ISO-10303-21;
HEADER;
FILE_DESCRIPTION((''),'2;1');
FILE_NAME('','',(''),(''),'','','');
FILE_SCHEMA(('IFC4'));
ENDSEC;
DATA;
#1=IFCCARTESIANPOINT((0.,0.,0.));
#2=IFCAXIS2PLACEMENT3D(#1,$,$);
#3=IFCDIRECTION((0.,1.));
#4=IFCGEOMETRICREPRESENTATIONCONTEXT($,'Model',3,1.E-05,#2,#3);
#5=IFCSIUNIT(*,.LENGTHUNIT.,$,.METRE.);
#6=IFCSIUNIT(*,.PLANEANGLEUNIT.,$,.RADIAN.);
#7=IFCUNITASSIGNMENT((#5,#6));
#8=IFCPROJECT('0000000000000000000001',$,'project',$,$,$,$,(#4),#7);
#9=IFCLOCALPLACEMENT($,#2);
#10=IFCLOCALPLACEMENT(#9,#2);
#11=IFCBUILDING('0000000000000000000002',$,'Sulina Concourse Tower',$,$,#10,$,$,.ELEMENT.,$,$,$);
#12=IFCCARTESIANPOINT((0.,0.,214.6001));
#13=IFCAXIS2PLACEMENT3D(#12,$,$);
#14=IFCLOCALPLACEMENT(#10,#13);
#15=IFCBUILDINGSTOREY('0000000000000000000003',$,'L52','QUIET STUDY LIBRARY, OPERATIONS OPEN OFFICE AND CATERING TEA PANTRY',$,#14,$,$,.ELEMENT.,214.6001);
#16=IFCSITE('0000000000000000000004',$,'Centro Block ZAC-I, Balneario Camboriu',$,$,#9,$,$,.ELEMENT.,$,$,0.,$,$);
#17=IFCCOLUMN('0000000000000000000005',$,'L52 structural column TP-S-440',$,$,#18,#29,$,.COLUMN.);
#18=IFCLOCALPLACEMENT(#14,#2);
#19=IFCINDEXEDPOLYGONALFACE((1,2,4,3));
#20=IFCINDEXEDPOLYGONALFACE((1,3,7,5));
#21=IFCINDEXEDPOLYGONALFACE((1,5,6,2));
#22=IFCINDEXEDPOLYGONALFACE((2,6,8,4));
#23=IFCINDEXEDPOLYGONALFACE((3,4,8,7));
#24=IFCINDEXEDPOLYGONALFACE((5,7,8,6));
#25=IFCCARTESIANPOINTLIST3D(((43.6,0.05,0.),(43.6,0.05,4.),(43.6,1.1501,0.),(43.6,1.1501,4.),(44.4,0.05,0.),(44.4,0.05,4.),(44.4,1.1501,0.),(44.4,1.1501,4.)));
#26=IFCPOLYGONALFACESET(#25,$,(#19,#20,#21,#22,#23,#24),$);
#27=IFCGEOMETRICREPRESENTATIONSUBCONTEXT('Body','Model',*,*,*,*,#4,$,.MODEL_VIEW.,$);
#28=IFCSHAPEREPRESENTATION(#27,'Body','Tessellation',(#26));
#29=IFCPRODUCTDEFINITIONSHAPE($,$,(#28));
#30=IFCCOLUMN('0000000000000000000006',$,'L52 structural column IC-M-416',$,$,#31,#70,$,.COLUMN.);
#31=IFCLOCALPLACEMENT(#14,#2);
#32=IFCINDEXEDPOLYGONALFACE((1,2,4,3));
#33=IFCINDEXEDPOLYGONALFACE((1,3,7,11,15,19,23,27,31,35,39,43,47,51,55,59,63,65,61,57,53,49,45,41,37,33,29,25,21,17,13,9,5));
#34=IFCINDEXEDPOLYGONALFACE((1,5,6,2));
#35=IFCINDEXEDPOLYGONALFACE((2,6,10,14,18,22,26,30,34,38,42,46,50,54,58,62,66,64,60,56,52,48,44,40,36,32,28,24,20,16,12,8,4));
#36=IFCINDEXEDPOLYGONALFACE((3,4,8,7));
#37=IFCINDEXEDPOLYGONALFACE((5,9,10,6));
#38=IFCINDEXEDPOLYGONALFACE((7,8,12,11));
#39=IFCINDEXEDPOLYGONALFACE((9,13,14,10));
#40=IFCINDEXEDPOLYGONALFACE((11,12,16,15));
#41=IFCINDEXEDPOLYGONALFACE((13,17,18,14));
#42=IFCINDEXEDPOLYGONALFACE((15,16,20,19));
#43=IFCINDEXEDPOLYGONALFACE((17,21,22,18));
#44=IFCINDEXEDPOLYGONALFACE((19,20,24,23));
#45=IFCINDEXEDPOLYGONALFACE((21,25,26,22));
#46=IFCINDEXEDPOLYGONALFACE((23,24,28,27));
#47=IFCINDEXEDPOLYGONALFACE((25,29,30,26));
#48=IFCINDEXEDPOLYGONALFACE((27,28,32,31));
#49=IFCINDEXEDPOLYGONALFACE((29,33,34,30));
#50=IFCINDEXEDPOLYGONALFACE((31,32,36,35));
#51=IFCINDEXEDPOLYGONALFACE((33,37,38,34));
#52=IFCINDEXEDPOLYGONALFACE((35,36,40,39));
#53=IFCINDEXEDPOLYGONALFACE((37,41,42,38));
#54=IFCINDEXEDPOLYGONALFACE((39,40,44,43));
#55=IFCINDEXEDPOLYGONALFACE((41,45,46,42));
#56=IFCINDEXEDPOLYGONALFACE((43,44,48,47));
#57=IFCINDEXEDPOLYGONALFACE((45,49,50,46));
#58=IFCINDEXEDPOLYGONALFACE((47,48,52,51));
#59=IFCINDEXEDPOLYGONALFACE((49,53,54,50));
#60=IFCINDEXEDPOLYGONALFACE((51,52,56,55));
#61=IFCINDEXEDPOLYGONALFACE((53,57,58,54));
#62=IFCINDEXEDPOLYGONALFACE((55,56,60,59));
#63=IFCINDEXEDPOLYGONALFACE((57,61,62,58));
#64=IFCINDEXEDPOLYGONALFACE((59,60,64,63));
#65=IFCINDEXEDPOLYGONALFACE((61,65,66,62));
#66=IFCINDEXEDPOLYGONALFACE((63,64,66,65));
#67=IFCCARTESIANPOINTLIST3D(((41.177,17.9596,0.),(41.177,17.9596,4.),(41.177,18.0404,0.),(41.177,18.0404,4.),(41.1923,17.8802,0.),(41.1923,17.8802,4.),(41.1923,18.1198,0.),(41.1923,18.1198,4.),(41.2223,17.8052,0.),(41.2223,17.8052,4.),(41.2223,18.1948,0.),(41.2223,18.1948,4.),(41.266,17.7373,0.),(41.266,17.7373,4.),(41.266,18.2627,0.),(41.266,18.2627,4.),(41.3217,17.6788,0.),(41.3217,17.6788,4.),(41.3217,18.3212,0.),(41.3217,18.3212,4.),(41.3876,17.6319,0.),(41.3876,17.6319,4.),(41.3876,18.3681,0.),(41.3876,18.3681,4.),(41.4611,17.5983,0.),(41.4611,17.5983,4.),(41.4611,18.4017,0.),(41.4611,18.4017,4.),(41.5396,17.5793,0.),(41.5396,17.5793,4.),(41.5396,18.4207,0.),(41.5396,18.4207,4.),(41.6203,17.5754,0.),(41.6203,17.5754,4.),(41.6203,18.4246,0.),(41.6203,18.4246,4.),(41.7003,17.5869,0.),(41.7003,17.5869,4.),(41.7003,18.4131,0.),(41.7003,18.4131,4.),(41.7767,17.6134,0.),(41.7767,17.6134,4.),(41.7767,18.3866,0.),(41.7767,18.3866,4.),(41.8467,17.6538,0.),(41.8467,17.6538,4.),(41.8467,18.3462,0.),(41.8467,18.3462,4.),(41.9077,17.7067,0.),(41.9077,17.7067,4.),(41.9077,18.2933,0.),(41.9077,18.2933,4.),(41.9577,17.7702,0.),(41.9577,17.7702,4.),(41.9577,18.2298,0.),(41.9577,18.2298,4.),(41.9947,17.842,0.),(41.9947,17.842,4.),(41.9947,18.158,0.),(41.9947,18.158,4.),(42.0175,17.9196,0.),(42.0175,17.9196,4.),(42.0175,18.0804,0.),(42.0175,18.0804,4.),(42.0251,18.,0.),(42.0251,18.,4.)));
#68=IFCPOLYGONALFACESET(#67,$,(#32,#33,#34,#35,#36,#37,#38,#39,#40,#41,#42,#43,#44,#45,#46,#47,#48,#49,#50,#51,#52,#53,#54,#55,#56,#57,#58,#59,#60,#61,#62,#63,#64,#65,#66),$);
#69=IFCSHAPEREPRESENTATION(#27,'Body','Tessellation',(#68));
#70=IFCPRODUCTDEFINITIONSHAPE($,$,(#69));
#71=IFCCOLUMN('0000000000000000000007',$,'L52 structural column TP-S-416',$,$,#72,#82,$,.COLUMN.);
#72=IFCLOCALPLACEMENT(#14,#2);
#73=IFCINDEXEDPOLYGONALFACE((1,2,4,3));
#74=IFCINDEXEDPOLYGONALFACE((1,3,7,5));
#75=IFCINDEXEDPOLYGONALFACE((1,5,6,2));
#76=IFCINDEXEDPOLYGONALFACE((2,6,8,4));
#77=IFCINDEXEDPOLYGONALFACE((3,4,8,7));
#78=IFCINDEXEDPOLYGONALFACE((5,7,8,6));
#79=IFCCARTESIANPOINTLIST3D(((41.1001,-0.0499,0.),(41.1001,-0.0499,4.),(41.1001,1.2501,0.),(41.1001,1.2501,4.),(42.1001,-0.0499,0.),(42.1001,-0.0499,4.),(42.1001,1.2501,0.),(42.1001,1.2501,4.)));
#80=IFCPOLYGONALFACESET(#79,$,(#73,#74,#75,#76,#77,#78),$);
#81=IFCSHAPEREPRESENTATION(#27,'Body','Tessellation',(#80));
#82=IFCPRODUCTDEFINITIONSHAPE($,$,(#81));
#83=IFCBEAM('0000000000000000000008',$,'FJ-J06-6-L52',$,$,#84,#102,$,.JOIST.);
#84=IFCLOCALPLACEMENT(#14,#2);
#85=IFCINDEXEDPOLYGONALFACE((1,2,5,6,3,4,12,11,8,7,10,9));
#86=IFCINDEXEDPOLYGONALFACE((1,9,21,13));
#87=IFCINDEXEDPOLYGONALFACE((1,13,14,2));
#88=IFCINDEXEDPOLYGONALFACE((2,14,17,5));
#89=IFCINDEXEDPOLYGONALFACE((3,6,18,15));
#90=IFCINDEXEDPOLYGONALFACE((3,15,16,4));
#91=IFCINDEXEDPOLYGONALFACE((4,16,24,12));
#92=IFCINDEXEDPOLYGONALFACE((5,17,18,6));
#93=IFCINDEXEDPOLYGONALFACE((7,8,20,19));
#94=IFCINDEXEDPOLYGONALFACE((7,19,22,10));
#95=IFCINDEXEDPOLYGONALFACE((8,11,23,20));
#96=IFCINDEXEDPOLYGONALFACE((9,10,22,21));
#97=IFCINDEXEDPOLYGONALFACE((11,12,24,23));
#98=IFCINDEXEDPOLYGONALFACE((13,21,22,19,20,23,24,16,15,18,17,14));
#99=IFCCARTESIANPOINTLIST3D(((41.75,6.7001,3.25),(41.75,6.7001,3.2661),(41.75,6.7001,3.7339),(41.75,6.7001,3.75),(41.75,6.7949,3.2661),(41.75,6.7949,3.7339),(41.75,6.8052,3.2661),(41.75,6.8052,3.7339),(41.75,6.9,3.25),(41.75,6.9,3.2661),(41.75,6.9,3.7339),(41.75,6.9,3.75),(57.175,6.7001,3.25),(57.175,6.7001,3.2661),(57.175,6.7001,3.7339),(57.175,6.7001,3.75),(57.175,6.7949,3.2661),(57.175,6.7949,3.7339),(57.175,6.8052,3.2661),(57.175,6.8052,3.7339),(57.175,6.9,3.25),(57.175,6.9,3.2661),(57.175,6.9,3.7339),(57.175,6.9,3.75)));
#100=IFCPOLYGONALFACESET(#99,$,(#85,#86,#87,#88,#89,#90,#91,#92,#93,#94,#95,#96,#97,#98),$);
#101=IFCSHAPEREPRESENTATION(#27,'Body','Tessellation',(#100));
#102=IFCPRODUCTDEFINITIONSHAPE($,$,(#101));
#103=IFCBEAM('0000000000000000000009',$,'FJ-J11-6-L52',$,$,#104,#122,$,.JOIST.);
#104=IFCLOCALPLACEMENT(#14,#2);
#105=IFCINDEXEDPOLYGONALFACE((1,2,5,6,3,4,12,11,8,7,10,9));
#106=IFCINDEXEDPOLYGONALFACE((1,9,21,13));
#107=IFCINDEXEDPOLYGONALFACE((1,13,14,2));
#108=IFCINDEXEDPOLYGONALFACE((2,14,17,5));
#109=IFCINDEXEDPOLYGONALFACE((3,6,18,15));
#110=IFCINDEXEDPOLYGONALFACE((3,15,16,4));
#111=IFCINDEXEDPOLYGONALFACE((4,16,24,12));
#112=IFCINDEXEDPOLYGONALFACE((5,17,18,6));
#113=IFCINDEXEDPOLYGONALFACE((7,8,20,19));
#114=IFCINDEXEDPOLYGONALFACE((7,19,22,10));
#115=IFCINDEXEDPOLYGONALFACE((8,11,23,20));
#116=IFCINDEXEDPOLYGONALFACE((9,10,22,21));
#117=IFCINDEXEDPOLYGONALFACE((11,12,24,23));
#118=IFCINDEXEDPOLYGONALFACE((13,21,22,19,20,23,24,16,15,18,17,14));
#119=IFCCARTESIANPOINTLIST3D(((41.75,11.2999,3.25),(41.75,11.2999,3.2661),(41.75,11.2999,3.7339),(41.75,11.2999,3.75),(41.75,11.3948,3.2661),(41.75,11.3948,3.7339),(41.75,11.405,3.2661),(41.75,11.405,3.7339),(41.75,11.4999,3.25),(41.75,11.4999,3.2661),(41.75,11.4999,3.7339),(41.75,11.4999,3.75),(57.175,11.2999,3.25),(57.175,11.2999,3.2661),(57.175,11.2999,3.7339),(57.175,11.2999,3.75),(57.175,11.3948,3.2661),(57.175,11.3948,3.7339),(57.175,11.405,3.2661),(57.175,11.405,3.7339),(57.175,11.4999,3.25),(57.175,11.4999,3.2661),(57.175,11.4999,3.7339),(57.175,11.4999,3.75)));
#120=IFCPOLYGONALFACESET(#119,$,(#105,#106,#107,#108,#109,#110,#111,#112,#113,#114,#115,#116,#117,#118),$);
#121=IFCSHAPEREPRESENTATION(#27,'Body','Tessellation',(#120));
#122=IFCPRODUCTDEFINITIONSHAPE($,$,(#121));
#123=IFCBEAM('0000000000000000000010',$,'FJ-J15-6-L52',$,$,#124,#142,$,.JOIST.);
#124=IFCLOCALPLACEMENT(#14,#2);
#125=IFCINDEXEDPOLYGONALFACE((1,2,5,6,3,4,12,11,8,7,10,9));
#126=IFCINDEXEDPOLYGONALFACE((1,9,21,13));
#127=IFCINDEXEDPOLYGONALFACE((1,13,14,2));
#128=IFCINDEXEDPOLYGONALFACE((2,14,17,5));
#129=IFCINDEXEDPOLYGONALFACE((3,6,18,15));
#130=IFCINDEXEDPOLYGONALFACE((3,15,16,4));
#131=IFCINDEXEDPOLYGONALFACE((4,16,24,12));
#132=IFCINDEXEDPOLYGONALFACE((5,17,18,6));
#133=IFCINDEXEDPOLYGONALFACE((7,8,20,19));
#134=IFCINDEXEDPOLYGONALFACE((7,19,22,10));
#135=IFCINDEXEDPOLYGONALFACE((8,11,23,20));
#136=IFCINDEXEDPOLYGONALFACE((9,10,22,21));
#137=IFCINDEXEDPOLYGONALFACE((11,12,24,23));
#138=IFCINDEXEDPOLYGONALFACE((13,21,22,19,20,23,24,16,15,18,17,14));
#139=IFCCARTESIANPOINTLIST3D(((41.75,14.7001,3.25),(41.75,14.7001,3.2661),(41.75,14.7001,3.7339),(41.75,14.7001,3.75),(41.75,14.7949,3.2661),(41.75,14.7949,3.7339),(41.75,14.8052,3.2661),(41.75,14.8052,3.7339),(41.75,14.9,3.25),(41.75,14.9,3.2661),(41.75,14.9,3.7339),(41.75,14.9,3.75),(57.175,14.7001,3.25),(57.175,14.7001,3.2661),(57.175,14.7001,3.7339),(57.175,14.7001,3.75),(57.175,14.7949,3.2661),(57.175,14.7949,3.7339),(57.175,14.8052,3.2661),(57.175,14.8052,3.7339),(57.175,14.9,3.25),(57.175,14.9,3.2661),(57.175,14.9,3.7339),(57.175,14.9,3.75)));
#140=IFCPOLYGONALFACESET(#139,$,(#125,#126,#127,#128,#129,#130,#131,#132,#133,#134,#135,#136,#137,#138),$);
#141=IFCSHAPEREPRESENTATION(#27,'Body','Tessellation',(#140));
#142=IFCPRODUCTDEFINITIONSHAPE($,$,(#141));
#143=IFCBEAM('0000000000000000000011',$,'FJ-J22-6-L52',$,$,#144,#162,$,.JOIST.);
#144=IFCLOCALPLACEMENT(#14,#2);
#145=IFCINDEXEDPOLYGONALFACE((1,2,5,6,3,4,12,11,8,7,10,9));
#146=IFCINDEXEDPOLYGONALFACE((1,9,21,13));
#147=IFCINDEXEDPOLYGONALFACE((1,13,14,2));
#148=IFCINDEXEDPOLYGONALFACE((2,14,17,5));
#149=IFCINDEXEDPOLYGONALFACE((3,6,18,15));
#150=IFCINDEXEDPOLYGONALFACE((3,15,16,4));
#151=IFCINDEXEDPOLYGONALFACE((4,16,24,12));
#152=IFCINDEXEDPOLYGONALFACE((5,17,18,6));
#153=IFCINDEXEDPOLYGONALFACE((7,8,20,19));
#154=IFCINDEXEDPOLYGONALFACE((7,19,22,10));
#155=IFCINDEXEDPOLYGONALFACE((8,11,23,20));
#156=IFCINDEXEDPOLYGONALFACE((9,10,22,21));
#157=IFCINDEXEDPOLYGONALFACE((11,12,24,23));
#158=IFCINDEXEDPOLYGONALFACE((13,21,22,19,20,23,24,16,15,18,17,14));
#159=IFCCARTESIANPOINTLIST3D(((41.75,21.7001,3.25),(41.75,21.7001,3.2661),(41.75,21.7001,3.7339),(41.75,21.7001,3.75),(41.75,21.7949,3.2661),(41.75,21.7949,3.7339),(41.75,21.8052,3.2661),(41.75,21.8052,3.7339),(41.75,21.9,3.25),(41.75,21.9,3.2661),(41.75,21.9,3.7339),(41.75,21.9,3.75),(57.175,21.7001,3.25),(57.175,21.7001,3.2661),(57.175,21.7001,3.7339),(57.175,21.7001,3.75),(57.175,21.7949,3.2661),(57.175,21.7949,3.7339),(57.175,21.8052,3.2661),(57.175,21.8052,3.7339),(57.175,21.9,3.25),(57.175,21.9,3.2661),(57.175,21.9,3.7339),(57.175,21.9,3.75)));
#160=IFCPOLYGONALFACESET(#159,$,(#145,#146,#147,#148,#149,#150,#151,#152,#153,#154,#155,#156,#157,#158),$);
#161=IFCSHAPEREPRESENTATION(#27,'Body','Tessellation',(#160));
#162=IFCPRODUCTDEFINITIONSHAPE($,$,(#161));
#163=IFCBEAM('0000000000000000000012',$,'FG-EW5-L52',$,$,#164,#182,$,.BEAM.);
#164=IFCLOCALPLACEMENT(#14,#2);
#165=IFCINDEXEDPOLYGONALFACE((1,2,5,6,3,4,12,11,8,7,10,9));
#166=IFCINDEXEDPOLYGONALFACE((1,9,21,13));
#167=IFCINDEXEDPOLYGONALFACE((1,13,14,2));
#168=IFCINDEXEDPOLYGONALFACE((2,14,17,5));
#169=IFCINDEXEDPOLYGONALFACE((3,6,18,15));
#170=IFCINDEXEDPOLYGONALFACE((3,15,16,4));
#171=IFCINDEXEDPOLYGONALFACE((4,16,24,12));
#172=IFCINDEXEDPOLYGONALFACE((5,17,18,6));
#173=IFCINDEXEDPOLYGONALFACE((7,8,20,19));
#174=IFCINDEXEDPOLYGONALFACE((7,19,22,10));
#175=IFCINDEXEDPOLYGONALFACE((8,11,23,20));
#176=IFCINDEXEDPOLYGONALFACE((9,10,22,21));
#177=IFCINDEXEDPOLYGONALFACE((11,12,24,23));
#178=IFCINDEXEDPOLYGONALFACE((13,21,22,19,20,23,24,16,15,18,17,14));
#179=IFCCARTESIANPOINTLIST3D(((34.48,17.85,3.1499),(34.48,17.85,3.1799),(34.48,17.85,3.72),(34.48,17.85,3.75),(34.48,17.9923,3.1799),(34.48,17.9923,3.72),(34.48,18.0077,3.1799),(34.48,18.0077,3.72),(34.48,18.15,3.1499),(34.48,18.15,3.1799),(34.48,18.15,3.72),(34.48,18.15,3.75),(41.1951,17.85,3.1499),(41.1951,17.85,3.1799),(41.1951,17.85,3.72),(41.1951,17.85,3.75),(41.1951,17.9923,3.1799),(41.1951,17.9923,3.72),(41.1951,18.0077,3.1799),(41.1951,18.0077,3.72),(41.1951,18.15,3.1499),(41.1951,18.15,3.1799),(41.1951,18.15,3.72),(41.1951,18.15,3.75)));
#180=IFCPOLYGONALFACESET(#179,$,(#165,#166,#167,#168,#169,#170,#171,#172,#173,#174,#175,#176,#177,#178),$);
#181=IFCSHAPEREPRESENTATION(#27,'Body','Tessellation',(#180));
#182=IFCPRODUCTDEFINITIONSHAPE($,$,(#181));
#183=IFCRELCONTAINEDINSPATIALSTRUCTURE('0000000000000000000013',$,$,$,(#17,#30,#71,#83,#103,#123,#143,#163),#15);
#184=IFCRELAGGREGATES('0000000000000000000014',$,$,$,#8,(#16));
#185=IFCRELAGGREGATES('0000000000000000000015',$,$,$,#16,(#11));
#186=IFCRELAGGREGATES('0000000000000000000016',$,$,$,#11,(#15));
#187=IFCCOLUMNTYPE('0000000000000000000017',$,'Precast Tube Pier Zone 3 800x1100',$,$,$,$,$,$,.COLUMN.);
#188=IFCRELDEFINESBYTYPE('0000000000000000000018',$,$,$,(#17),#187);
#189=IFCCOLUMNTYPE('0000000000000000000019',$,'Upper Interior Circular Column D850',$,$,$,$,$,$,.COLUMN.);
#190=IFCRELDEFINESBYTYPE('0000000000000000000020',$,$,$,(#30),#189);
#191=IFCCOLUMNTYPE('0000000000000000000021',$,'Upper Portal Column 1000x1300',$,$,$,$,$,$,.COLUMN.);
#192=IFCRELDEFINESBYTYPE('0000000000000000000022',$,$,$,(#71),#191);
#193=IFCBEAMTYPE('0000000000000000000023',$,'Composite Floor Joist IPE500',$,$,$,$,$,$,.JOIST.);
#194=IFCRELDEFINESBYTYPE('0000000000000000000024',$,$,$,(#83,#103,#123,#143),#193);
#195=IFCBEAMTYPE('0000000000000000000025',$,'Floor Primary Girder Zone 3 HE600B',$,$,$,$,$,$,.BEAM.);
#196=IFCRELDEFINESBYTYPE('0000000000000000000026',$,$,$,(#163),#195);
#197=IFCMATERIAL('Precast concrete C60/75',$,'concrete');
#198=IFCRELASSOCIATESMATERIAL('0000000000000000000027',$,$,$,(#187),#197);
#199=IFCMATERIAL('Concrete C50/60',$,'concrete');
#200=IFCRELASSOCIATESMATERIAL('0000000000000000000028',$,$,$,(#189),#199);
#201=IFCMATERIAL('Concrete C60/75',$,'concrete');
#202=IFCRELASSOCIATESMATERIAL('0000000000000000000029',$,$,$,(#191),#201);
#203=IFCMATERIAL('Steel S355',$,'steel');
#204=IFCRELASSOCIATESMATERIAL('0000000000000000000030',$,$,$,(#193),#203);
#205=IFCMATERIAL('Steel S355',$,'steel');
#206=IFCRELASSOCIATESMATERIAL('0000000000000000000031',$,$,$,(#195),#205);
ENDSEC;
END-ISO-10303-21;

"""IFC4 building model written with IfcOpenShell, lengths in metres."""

from ifc_helpers import new_model, si_unit, direction, frame, origin, origin_2d, place, context, subcontext, project, spatial, rectangle, circle, i_section, extrude, material, material_profile, profile_set, type_object, element, save


model = new_model("IFC4")

# Units and contexts
model_context = context("Model", 3, precision=1e-05, world=origin(), true_north=direction((0.0, 1.0)))
body_context = subcontext(model_context, "Body", "Model", "MODEL_VIEW")
ifc_project = project(units=[si_unit("LENGTHUNIT", "METRE"), si_unit("PLANEANGLEUNIT", "RADIAN")], contexts=[model_context])

# Site, building, storey
site_placement = place(None, origin())
site = spatial("IfcSite", under=ifc_project, at=site_placement, Name="Centro Block ZAC-I, Balneario Camboriu", CompositionType="ELEMENT", RefElevation=0.0)
building_placement = place(site_placement, origin())
building = spatial("IfcBuilding", under=site, at=building_placement, Name="Sulina Concourse Tower", CompositionType="ELEMENT")
storey_placement = place(building_placement, frame((0.0, 0.0, 214.6001)))
storey = spatial("IfcBuildingStorey", under=building, at=storey_placement, Name="L52", Description="QUIET STUDY LIBRARY, OPERATIONS OPEN OFFICE AND CATERING TEA PANTRY", CompositionType="ELEMENT", Elevation=214.6001)

# Columns
ifc_material_1 = material(Name="Precast concrete C60/75", Category="concrete")
ifc_material_profile_1 = material_profile(ifc_material_1, rectangle(XDim=0.8, YDim=1.1001, at=origin_2d()), Name="PC 800x1100")
ifc_profile_set_1 = profile_set([ifc_material_profile_1], Name="Precast concrete C60/75")
column_type_1 = type_object("IfcColumnType", Name="Precast Tube Pier Zone 3 800x1100", PredefinedType="COLUMN", material=ifc_profile_set_1)
column_1_placement = place(storey_placement, frame((44.0, 0.6001, 0.0), z_axis=(0.0, 0.0, 1.0), x_axis=(1.0, 0.0, 0.0)))
element("IfcColumn", 1, at=column_1_placement, inside=storey, type_object=column_type_1, Name="L52 structural column TP-S-440", PredefinedType="COLUMN", context=body_context, shape_type="SweptSolid", body=[
    extrude(rectangle(XDim=0.8, YDim=1.1001, at=origin_2d()), origin(), (0.0, 0.0, 1.0), 4.0),
])
ifc_material_2 = material(Name="Concrete C50/60", Category="concrete")
ifc_material_profile_2 = material_profile(ifc_material_2, circle(Radius=0.425, at=origin_2d()), Name="RC D850")
ifc_profile_set_2 = profile_set([ifc_material_profile_2], Name="Concrete C50/60")
column_type_2 = type_object("IfcColumnType", Name="Upper Interior Circular Column D850", PredefinedType="COLUMN", material=ifc_profile_set_2)
column_2_placement = place(storey_placement, frame((41.6001, 18.0, 0.0), z_axis=(0.0, 0.0, 1.0), x_axis=(1.0, 0.0, 0.0)))
element("IfcColumn", 2, at=column_2_placement, inside=storey, type_object=column_type_2, Name="L52 structural column IC-M-416", PredefinedType="COLUMN", context=body_context, shape_type="SweptSolid", body=[
    extrude(circle(Radius=0.425, at=origin_2d()), origin(), (0.0, 0.0, 1.0), 4.0),
])
ifc_material_3 = material(Name="Concrete C60/75", Category="concrete")
ifc_material_profile_3 = material_profile(ifc_material_3, rectangle(XDim=1.0, YDim=1.3, at=origin_2d()), Name="RC 1000x1300")
ifc_profile_set_3 = profile_set([ifc_material_profile_3], Name="Concrete C60/75")
column_type_3 = type_object("IfcColumnType", Name="Upper Portal Column 1000x1300", PredefinedType="COLUMN", material=ifc_profile_set_3)
column_3_placement = place(storey_placement, frame((41.6001, 0.6001, 0.0), z_axis=(0.0, 0.0, 1.0), x_axis=(1.0, 0.0, 0.0)))
element("IfcColumn", 3, at=column_3_placement, inside=storey, type_object=column_type_3, Name="L52 structural column TP-S-416", PredefinedType="COLUMN", context=body_context, shape_type="SweptSolid", body=[
    extrude(rectangle(XDim=1.0, YDim=1.3, at=origin_2d()), origin(), (0.0, 0.0, 1.0), 4.0),
])

# Beams
ifc_material_4 = material(Name="Steel S355", Category="steel")
ifc_material_profile_4 = material_profile(ifc_material_4, i_section(OverallWidth=0.2, OverallDepth=0.5, WebThickness=0.0103, FlangeThickness=0.0161, at=origin_2d()), Name="IPE 500")
ifc_profile_set_4 = profile_set([ifc_material_profile_4], Name="Steel S355")
beam_type_1 = type_object("IfcBeamType", Name="Composite Floor Joist IPE500", PredefinedType="JOIST", material=ifc_profile_set_4)
for number, where, z_axis, x_axis, name in (
    (4, (41.75, 6.8, 3.5), (1.0, 0.0, 0.0), (0.0, 1.0, 0.0), "FJ-J06-6-L52"),
    (5, (41.75, 11.3999, 3.5), (1.0, 0.0, 0.0), (0.0, 1.0, 0.0), "FJ-J11-6-L52"),
    (6, (41.75, 14.8, 3.5), (1.0, 0.0, 0.0), (0.0, 1.0, 0.0), "FJ-J15-6-L52"),
    (7, (41.75, 21.8, 3.5), (1.0, 0.0, 0.0), (0.0, 1.0, 0.0), "FJ-J22-6-L52"),
):
    element("IfcBeam", number, at=place(storey_placement, frame(where, z_axis=z_axis, x_axis=x_axis)), inside=storey, type_object=beam_type_1, Name=name, PredefinedType="JOIST", context=body_context, shape_type="SweptSolid", body=[
        extrude(i_section(OverallWidth=0.2, OverallDepth=0.5, WebThickness=0.0103, FlangeThickness=0.0161, at=origin_2d()), origin(), (0.0, 0.0, 1.0), 15.425),
    ])
ifc_material_5 = material(Name="Steel S355", Category="steel")
ifc_material_profile_5 = material_profile(ifc_material_5, i_section(OverallWidth=0.3, OverallDepth=0.6001, WebThickness=0.0154, FlangeThickness=0.03, at=origin_2d()), Name="HE 600 B")
ifc_profile_set_5 = profile_set([ifc_material_profile_5], Name="Steel S355")
beam_type_2 = type_object("IfcBeamType", Name="Floor Primary Girder Zone 3 HE600B", PredefinedType="BEAM", material=ifc_profile_set_5)
beam_1_placement = place(storey_placement, frame((34.48, 18.0, 3.45), z_axis=(1.0, 0.0, 0.0), x_axis=(0.0, 1.0, 0.0)))
element("IfcBeam", 8, at=beam_1_placement, inside=storey, type_object=beam_type_2, Name="FG-EW5-L52", PredefinedType="BEAM", context=body_context, shape_type="SweptSolid", body=[
    extrude(i_section(OverallWidth=0.3, OverallDepth=0.6001, WebThickness=0.0154, FlangeThickness=0.03, at=origin_2d()), origin(), (0.0, 0.0, 1.0), 6.7151),
])

save(model, "model.ifc")
